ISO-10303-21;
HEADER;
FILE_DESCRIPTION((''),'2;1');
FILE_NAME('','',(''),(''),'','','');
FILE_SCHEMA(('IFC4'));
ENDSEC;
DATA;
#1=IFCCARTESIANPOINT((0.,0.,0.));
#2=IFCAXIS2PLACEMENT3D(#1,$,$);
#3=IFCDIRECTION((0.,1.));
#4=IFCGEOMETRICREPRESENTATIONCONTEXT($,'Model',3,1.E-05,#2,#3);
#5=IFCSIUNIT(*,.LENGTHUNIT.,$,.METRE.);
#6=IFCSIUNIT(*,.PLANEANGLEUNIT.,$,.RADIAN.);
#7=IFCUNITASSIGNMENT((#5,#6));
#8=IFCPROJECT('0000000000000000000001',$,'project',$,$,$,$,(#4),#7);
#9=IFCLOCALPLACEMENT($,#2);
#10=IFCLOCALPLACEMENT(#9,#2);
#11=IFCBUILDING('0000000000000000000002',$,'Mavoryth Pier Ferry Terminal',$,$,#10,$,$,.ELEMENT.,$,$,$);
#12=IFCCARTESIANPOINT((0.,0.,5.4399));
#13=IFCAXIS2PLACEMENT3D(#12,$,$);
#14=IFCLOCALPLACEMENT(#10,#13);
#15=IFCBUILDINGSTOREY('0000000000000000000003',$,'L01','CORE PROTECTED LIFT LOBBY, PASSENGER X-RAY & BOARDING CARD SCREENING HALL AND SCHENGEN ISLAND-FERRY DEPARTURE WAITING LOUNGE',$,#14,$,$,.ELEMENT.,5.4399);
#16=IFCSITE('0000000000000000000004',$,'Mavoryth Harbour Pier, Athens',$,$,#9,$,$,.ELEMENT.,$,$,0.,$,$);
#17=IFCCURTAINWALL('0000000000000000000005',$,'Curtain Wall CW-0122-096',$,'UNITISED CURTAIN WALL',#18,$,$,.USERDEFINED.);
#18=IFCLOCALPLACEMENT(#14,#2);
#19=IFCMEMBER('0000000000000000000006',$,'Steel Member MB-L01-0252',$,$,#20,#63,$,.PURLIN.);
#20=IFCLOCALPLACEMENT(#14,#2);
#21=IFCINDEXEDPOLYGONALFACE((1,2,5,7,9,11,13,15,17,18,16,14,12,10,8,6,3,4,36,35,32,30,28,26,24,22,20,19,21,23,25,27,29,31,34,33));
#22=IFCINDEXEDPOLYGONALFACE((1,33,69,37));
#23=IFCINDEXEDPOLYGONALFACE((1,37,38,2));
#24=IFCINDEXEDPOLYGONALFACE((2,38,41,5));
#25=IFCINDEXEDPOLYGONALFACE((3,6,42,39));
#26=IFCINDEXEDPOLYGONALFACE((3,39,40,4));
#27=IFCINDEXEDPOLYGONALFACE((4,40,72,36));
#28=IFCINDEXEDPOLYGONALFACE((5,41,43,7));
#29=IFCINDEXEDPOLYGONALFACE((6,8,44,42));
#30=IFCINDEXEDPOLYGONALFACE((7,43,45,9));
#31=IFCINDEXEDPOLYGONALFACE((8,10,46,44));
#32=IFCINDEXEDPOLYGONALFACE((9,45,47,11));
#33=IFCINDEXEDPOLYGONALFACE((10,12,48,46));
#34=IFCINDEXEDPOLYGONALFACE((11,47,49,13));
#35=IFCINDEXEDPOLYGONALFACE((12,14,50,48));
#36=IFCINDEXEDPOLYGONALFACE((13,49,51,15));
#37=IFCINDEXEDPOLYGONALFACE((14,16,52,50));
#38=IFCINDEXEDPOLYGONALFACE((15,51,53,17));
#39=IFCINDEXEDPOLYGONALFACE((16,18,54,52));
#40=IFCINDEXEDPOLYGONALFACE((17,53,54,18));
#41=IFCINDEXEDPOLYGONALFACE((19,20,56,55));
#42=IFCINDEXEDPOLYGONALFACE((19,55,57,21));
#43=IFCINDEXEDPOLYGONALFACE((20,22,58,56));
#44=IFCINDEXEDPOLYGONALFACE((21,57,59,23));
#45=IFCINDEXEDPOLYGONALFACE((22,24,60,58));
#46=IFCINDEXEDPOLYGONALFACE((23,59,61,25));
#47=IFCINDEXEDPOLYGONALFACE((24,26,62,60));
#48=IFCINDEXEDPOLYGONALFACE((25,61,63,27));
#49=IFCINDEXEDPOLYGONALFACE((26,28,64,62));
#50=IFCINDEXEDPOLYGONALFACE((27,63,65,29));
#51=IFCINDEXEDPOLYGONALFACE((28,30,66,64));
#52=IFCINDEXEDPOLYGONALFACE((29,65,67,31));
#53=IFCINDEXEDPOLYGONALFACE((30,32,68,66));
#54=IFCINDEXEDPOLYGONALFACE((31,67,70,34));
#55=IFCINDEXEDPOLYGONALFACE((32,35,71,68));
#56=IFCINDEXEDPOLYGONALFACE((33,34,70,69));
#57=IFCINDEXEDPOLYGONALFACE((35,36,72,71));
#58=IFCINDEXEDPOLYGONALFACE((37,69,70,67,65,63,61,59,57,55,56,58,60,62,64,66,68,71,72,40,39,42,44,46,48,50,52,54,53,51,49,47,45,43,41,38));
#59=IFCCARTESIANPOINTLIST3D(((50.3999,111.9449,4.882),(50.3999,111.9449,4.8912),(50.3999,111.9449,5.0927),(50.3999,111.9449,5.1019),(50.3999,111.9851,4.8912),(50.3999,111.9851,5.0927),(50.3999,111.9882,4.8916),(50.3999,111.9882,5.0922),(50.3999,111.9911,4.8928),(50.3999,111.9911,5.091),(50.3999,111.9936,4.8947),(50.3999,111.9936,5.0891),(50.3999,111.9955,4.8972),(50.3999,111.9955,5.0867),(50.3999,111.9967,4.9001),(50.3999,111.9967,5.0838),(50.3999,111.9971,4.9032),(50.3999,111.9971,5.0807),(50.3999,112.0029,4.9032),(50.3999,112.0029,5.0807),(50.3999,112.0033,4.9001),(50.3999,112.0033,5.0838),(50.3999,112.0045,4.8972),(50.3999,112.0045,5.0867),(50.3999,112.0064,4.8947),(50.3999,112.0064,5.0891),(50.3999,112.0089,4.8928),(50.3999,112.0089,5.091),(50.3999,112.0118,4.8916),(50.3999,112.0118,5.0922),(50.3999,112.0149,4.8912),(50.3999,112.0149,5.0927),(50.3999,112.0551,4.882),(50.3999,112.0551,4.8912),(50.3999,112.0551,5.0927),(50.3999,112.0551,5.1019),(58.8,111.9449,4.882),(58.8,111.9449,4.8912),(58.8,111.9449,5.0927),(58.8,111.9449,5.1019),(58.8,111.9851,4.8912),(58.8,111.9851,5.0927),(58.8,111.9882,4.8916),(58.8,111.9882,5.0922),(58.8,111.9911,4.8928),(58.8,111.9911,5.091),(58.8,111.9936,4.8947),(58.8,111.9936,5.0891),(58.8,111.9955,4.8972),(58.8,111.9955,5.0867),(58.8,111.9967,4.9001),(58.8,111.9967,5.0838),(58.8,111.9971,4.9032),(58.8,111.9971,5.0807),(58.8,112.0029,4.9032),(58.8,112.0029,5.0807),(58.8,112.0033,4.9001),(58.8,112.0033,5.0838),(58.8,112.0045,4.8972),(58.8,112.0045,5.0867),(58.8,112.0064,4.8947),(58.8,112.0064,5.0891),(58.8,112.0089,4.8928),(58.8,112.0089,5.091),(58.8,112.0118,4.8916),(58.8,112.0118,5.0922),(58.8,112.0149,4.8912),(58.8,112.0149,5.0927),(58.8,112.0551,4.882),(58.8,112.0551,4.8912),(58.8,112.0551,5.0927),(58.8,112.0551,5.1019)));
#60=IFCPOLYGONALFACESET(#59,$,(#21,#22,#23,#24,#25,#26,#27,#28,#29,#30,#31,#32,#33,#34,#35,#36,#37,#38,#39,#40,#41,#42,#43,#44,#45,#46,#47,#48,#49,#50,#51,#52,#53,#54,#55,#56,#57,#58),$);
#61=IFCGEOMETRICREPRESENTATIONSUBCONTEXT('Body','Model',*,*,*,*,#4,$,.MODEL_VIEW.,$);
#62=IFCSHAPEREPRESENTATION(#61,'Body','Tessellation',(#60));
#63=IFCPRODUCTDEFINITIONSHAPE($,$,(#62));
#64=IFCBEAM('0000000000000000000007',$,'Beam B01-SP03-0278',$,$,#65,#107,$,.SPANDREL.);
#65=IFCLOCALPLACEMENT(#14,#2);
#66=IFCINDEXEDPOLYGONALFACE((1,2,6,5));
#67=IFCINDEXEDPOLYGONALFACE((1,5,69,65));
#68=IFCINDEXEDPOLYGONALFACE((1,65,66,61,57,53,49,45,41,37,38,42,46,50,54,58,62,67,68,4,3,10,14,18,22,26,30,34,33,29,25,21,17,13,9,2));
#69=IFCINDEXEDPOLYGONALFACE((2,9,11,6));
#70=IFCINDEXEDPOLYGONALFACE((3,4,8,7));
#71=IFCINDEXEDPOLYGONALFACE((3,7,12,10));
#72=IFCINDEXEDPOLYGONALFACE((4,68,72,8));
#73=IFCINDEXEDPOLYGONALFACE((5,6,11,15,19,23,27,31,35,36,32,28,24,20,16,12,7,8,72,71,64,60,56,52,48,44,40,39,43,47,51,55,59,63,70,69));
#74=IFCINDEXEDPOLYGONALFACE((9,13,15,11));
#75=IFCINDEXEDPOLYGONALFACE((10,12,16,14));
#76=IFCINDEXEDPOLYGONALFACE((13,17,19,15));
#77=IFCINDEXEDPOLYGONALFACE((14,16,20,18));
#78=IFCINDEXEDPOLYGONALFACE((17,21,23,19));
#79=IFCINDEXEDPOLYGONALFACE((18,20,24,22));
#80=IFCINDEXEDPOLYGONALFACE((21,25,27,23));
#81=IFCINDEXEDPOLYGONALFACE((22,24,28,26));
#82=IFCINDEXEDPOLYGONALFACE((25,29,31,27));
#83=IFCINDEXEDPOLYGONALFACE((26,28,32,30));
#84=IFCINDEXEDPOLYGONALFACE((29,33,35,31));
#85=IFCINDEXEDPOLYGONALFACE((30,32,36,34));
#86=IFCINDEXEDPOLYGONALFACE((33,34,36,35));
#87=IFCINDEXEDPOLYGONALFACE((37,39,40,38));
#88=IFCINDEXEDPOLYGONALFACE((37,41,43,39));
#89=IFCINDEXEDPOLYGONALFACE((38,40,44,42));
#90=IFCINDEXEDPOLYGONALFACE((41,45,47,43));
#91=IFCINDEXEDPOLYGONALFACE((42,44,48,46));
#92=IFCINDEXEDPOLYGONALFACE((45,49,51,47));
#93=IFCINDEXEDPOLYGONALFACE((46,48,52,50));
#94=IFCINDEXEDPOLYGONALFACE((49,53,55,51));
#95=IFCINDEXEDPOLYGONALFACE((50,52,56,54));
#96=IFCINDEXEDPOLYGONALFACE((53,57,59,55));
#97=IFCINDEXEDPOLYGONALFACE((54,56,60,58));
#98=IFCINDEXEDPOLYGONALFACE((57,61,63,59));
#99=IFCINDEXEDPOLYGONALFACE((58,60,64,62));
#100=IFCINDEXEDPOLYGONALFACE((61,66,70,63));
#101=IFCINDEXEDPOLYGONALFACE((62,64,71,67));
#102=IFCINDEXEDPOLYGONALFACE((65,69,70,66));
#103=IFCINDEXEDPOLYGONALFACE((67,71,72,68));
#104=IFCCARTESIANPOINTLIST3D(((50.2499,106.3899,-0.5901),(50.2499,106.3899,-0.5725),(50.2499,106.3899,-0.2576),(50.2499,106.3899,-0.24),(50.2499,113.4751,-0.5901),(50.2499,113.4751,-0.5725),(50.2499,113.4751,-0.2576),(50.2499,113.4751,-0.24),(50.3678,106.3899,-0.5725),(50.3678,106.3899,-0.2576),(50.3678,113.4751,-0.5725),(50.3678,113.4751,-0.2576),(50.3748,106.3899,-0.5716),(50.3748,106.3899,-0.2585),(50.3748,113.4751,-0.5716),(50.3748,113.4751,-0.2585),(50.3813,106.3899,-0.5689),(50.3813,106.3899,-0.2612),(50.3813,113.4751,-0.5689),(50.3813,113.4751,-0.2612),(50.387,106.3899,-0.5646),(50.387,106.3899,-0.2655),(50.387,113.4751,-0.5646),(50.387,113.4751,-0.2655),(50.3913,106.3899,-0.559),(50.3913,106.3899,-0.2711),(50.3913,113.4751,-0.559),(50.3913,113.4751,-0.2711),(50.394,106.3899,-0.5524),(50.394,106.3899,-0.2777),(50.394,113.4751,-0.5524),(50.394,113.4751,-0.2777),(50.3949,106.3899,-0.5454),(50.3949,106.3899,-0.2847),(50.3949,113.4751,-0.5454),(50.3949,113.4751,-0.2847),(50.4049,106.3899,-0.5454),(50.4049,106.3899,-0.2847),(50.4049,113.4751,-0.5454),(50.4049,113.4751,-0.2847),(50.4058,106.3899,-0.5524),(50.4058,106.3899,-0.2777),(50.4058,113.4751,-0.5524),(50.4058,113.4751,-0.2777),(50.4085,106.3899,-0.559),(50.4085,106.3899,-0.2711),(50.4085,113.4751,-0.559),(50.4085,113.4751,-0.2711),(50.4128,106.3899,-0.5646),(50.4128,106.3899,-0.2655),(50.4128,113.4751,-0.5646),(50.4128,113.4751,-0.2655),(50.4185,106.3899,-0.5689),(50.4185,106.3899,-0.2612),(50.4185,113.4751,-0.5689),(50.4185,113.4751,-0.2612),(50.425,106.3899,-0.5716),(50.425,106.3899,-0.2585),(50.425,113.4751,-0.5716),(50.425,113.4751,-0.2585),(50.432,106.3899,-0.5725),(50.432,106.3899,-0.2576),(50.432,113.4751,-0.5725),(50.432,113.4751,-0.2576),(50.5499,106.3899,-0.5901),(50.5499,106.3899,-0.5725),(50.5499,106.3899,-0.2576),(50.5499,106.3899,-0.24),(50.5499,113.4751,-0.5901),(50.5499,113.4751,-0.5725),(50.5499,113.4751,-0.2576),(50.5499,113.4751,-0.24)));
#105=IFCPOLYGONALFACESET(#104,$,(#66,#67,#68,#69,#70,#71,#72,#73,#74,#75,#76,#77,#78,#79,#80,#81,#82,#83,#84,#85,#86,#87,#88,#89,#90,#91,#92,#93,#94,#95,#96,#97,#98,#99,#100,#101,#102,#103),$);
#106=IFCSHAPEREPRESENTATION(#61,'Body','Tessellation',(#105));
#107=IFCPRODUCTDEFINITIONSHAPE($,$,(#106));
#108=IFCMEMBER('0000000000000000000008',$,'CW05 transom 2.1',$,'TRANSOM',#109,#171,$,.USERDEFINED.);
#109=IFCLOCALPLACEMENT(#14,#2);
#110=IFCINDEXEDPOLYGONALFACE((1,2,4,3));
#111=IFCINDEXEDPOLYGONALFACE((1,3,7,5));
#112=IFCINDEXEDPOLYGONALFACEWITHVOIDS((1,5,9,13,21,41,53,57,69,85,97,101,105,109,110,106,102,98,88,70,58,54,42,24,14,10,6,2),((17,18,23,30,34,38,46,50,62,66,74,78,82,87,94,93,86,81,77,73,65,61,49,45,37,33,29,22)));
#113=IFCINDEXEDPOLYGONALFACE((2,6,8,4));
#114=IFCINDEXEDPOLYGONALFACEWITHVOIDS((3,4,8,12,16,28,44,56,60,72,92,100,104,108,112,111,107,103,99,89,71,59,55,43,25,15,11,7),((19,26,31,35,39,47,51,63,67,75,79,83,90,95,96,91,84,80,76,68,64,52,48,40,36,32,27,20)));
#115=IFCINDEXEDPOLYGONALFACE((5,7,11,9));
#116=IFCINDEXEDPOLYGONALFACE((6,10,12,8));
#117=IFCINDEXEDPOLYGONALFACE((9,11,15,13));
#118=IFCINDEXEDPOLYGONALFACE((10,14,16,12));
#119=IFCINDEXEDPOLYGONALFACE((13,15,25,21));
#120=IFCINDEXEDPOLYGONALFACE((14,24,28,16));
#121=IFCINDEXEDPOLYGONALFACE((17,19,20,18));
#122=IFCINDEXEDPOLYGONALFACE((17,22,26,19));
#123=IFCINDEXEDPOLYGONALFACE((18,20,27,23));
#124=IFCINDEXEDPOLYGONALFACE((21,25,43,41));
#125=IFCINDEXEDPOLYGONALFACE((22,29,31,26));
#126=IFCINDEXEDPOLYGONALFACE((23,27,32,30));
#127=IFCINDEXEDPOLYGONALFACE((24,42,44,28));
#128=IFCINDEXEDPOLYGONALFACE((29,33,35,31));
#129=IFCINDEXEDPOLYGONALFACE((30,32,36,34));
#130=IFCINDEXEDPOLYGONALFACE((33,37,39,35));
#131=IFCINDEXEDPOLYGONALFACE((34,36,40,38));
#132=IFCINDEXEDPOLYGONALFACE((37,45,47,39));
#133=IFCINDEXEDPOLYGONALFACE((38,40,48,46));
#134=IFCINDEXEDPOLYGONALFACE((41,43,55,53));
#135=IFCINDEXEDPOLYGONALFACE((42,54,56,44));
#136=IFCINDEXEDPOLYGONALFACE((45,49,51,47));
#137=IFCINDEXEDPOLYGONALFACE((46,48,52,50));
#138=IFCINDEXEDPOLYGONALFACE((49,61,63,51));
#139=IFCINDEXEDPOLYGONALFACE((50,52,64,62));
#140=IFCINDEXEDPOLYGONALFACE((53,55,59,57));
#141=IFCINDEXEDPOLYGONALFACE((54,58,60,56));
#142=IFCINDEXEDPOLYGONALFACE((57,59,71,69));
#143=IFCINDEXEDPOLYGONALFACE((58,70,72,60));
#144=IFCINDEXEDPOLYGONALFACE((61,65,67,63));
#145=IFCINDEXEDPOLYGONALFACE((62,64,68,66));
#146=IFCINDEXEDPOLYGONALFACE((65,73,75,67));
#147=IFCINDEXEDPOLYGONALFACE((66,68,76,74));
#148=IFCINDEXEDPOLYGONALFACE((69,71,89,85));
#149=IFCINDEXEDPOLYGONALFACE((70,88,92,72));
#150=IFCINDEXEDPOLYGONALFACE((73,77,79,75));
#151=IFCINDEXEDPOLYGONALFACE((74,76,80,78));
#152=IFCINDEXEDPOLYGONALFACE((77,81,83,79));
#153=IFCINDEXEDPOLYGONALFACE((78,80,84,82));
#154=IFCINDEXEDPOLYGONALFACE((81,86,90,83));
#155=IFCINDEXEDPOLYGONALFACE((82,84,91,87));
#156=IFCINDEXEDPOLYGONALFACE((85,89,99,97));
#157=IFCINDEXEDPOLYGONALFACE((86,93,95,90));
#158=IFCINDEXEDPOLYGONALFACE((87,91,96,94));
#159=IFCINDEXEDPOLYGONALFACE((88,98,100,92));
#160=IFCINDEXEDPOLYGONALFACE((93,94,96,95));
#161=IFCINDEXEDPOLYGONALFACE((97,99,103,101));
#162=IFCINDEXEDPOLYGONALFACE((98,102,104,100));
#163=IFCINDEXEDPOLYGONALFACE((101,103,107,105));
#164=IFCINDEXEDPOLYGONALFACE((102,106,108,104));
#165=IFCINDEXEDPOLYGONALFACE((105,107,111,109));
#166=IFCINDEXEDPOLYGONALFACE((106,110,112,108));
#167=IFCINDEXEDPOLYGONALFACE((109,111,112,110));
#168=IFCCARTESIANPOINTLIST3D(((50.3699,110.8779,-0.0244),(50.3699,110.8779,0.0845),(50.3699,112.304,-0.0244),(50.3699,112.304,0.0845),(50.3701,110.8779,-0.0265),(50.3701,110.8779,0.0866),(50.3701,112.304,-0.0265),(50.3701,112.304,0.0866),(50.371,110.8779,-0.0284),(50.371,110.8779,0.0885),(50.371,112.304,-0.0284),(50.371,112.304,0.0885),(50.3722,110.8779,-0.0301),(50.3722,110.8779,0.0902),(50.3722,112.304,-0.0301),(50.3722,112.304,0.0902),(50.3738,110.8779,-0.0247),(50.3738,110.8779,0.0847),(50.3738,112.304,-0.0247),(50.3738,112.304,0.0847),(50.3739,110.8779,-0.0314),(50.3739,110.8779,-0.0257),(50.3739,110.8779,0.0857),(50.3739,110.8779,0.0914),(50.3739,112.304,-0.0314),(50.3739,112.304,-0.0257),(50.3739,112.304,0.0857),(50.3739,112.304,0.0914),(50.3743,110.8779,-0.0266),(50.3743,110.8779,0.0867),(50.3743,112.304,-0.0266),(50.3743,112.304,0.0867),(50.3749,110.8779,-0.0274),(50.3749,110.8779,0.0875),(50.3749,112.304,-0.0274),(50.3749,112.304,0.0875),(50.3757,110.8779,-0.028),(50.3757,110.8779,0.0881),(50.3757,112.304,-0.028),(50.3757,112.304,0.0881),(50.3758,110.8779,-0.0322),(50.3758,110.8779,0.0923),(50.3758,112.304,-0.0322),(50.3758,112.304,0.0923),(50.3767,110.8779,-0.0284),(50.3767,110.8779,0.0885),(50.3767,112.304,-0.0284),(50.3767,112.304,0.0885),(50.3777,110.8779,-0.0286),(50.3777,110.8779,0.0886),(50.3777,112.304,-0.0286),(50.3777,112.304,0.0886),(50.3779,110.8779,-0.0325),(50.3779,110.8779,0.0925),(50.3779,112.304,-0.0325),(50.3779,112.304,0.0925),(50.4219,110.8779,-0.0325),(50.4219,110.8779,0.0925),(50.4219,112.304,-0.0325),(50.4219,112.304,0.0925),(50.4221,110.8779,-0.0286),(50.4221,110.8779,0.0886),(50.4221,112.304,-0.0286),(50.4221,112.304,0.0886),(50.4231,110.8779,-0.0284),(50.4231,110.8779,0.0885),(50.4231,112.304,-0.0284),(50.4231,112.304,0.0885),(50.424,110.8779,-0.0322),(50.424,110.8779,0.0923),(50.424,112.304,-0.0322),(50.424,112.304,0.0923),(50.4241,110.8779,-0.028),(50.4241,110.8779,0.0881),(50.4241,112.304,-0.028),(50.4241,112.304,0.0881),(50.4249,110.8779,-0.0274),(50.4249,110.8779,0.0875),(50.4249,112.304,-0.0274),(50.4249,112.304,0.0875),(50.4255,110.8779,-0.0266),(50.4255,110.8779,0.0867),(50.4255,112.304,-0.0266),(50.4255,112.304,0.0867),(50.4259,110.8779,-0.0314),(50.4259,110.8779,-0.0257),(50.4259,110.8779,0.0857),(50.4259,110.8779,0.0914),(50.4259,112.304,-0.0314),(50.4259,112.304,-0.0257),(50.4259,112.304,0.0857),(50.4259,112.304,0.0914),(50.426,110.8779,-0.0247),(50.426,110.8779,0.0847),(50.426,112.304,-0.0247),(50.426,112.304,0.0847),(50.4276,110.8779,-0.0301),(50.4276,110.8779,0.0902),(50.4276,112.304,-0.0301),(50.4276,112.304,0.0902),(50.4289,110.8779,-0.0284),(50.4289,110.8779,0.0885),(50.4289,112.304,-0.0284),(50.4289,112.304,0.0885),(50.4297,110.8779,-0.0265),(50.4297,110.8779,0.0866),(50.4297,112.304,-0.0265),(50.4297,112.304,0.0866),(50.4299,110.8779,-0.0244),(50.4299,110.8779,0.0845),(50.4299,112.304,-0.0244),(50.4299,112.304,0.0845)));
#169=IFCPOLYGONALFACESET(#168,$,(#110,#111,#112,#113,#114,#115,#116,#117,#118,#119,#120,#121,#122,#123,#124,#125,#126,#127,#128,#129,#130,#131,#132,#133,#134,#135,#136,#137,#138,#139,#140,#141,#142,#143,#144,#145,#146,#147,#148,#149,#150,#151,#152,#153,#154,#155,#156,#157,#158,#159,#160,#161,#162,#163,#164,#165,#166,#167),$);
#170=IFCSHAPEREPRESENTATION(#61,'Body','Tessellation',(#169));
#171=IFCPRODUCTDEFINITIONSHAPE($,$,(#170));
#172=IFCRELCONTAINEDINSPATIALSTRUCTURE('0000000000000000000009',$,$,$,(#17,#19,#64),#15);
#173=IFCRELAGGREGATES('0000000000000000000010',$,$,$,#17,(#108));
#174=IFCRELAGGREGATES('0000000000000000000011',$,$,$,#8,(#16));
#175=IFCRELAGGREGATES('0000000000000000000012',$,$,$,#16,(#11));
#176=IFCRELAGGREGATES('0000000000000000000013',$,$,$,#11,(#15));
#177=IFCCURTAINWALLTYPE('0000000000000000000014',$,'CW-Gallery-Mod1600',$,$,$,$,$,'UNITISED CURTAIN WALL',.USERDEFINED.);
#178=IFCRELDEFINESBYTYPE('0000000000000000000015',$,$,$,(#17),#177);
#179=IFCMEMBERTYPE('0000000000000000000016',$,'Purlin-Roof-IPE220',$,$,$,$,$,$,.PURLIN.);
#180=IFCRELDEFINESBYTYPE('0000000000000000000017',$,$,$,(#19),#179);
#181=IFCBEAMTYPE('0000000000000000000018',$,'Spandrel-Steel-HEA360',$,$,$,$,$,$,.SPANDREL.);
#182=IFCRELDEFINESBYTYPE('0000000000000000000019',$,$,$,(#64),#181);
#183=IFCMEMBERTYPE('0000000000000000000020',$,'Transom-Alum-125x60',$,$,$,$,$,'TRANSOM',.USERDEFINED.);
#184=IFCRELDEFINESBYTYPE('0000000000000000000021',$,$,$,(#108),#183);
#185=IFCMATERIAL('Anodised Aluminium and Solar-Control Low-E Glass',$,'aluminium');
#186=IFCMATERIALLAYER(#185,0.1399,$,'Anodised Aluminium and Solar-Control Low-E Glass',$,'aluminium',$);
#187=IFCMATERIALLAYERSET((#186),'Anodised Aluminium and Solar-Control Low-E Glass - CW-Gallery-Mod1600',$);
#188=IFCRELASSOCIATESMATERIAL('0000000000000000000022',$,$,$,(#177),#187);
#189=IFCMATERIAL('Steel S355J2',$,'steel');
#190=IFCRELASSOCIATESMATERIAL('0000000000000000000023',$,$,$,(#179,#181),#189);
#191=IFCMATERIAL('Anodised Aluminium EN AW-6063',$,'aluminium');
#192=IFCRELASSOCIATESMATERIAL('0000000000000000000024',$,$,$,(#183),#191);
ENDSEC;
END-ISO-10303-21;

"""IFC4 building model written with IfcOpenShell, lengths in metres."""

from ifc_helpers import new_model, si_unit, direction, frame, origin, origin_2d, place, context, subcontext, project, spatial, hollow_rectangle, i_section, extrude, material, layer, layer_set, material_profile, profile_set, type_object, element, aggregate, save


model = new_model("IFC4")

# Units and contexts
model_context = context("Model", 3, precision=1e-05, world=origin(), true_north=direction((0.0, 1.0)))
body_context = subcontext(model_context, "Body", "Model", "MODEL_VIEW")
ifc_project = project(units=[si_unit("LENGTHUNIT", "METRE"), si_unit("PLANEANGLEUNIT", "RADIAN")], contexts=[model_context])

# Site, building, storey
site_placement = place(None, origin())
site = spatial("IfcSite", under=ifc_project, at=site_placement, Name="Mavoryth Harbour Pier, Athens", CompositionType="ELEMENT", RefElevation=0.0)
building_placement = place(site_placement, origin())
building = spatial("IfcBuilding", under=site, at=building_placement, Name="Mavoryth Pier Ferry Terminal", CompositionType="ELEMENT")
storey_placement = place(building_placement, frame((0.0, 0.0, 5.4399)))
storey = spatial("IfcBuildingStorey", under=building, at=storey_placement, Name="L01", Description="CORE PROTECTED LIFT LOBBY, PASSENGER X-RAY & BOARDING CARD SCREENING HALL AND SCHENGEN ISLAND-FERRY DEPARTURE WAITING LOUNGE", CompositionType="ELEMENT", Elevation=5.4399)

# Curtain wall
ifc_material_1 = material(Name="Anodised Aluminium and Solar-Control Low-E Glass", Category="aluminium")
ifc_layer_1 = layer(ifc_material_1, 0.1399, Name="Anodised Aluminium and Solar-Control Low-E Glass", Category="aluminium")
ifc_layer_set_1 = layer_set([ifc_layer_1], Name="Anodised Aluminium and Solar-Control Low-E Glass - CW-Gallery-Mod1600")
curtain_wall_type = type_object("IfcCurtainWallType", Name="CW-Gallery-Mod1600", ElementType="UNITISED CURTAIN WALL", PredefinedType="USERDEFINED", material=ifc_layer_set_1)
curtain_wall_placement = place(storey_placement, origin())
curtain_wall = element("IfcCurtainWall", 1, at=curtain_wall_placement, inside=storey, type_object=curtain_wall_type, Name="Curtain Wall CW-0122-096", ObjectType="UNITISED CURTAIN WALL", PredefinedType="USERDEFINED")
ifc_material_2 = material(Name="Anodised Aluminium EN AW-6063", Category="aluminium")

# Member
ifc_material_3 = material(Name="Steel S355J2", Category="steel")
ifc_material_profile_1 = material_profile(ifc_material_3, i_section(OverallWidth=0.1101, OverallDepth=0.22, WebThickness=0.0059, FlangeThickness=0.0093, FilletRadius=0.012, at=origin_2d()), Name="IPE 220", Category="steel")
ifc_profile_set_1 = profile_set([ifc_material_profile_1], Name="Steel S355J2 - IPE 220")
member_type_1 = type_object("IfcMemberType", Name="Purlin-Roof-IPE220", PredefinedType="PURLIN", material=ifc_profile_set_1)
for number, where, z_axis, x_axis, name in (
    (2, (50.3999, 112.0, 4.9919), (1.0, 0.0, 0.0), (0.0, 1.0, 0.0), "Steel Member MB-L01-0252"),
):
    element("IfcMember", number, at=place(storey_placement, frame(where, z_axis=z_axis, x_axis=x_axis)), inside=storey, type_object=member_type_1, Name=name, PredefinedType="PURLIN", context=body_context, shape_type="SweptSolid", body=[
        extrude(i_section(OverallWidth=0.1101, OverallDepth=0.22, WebThickness=0.0059, FlangeThickness=0.0093, FilletRadius=0.012, at=origin_2d()), origin(), (0.0, 0.0, 1.0), 8.4001),
    ])

# Beam
ifc_material_profile_2 = material_profile(ifc_material_3, i_section(OverallWidth=0.3, OverallDepth=0.3501, WebThickness=0.01, FlangeThickness=0.0176, FilletRadius=0.0271, at=origin_2d()), Name="HEA 360", Category="steel")
ifc_profile_set_2 = profile_set([ifc_material_profile_2], Name="Steel S355J2 - HEA 360")
beam_type = type_object("IfcBeamType", Name="Spandrel-Steel-HEA360", PredefinedType="SPANDREL", material=ifc_profile_set_2)
beam_placement = place(storey_placement, frame((50.3999, 106.3899, -0.415), z_axis=(0.0, 1.0, 0.0), x_axis=(-1.0, 0.0, 0.0)))
element("IfcBeam", 3, at=beam_placement, inside=storey, type_object=beam_type, Name="Beam B01-SP03-0278", PredefinedType="SPANDREL", context=body_context, shape_type="SweptSolid", body=[
    extrude(i_section(OverallWidth=0.3, OverallDepth=0.3501, WebThickness=0.01, FlangeThickness=0.0176, FilletRadius=0.0271, at=origin_2d()), origin(), (0.0, 0.0, 1.0), 7.0852),
])

# Member
ifc_material_profile_3 = material_profile(ifc_material_2, hollow_rectangle(XDim=0.0601, YDim=0.125, WallThickness=0.0039, InnerFilletRadius=0.0039, OuterFilletRadius=0.0081, at=origin_2d()), Name="AL-TRAN 125x60x4", Category="aluminium")
ifc_profile_set_3 = profile_set([ifc_material_profile_3], Name="Anodised Aluminium EN AW-6063 - AL-TRAN 125x60x4")
member_type_2 = type_object("IfcMemberType", Name="Transom-Alum-125x60", ElementType="TRANSOM", PredefinedType="USERDEFINED", material=ifc_profile_set_3)
member_1_placement = place(storey_placement, frame((50.3999, 112.304, 0.03), z_axis=(0.0, -1.0, 0.0), x_axis=(1.0, 0.0, 0.0)))
member_1 = element("IfcMember", 4, at=member_1_placement, type_object=member_type_2, Name="CW05 transom 2.1", ObjectType="TRANSOM", PredefinedType="USERDEFINED", context=body_context, shape_type="SweptSolid", body=[
    extrude(hollow_rectangle(XDim=0.0601, YDim=0.125, WallThickness=0.0039, InnerFilletRadius=0.0039, OuterFilletRadius=0.0081, at=origin_2d()), origin(), (0.0, 0.0, 1.0), 1.426),
])

aggregate(curtain_wall, [member_1])

save(model, "model.ifc")
